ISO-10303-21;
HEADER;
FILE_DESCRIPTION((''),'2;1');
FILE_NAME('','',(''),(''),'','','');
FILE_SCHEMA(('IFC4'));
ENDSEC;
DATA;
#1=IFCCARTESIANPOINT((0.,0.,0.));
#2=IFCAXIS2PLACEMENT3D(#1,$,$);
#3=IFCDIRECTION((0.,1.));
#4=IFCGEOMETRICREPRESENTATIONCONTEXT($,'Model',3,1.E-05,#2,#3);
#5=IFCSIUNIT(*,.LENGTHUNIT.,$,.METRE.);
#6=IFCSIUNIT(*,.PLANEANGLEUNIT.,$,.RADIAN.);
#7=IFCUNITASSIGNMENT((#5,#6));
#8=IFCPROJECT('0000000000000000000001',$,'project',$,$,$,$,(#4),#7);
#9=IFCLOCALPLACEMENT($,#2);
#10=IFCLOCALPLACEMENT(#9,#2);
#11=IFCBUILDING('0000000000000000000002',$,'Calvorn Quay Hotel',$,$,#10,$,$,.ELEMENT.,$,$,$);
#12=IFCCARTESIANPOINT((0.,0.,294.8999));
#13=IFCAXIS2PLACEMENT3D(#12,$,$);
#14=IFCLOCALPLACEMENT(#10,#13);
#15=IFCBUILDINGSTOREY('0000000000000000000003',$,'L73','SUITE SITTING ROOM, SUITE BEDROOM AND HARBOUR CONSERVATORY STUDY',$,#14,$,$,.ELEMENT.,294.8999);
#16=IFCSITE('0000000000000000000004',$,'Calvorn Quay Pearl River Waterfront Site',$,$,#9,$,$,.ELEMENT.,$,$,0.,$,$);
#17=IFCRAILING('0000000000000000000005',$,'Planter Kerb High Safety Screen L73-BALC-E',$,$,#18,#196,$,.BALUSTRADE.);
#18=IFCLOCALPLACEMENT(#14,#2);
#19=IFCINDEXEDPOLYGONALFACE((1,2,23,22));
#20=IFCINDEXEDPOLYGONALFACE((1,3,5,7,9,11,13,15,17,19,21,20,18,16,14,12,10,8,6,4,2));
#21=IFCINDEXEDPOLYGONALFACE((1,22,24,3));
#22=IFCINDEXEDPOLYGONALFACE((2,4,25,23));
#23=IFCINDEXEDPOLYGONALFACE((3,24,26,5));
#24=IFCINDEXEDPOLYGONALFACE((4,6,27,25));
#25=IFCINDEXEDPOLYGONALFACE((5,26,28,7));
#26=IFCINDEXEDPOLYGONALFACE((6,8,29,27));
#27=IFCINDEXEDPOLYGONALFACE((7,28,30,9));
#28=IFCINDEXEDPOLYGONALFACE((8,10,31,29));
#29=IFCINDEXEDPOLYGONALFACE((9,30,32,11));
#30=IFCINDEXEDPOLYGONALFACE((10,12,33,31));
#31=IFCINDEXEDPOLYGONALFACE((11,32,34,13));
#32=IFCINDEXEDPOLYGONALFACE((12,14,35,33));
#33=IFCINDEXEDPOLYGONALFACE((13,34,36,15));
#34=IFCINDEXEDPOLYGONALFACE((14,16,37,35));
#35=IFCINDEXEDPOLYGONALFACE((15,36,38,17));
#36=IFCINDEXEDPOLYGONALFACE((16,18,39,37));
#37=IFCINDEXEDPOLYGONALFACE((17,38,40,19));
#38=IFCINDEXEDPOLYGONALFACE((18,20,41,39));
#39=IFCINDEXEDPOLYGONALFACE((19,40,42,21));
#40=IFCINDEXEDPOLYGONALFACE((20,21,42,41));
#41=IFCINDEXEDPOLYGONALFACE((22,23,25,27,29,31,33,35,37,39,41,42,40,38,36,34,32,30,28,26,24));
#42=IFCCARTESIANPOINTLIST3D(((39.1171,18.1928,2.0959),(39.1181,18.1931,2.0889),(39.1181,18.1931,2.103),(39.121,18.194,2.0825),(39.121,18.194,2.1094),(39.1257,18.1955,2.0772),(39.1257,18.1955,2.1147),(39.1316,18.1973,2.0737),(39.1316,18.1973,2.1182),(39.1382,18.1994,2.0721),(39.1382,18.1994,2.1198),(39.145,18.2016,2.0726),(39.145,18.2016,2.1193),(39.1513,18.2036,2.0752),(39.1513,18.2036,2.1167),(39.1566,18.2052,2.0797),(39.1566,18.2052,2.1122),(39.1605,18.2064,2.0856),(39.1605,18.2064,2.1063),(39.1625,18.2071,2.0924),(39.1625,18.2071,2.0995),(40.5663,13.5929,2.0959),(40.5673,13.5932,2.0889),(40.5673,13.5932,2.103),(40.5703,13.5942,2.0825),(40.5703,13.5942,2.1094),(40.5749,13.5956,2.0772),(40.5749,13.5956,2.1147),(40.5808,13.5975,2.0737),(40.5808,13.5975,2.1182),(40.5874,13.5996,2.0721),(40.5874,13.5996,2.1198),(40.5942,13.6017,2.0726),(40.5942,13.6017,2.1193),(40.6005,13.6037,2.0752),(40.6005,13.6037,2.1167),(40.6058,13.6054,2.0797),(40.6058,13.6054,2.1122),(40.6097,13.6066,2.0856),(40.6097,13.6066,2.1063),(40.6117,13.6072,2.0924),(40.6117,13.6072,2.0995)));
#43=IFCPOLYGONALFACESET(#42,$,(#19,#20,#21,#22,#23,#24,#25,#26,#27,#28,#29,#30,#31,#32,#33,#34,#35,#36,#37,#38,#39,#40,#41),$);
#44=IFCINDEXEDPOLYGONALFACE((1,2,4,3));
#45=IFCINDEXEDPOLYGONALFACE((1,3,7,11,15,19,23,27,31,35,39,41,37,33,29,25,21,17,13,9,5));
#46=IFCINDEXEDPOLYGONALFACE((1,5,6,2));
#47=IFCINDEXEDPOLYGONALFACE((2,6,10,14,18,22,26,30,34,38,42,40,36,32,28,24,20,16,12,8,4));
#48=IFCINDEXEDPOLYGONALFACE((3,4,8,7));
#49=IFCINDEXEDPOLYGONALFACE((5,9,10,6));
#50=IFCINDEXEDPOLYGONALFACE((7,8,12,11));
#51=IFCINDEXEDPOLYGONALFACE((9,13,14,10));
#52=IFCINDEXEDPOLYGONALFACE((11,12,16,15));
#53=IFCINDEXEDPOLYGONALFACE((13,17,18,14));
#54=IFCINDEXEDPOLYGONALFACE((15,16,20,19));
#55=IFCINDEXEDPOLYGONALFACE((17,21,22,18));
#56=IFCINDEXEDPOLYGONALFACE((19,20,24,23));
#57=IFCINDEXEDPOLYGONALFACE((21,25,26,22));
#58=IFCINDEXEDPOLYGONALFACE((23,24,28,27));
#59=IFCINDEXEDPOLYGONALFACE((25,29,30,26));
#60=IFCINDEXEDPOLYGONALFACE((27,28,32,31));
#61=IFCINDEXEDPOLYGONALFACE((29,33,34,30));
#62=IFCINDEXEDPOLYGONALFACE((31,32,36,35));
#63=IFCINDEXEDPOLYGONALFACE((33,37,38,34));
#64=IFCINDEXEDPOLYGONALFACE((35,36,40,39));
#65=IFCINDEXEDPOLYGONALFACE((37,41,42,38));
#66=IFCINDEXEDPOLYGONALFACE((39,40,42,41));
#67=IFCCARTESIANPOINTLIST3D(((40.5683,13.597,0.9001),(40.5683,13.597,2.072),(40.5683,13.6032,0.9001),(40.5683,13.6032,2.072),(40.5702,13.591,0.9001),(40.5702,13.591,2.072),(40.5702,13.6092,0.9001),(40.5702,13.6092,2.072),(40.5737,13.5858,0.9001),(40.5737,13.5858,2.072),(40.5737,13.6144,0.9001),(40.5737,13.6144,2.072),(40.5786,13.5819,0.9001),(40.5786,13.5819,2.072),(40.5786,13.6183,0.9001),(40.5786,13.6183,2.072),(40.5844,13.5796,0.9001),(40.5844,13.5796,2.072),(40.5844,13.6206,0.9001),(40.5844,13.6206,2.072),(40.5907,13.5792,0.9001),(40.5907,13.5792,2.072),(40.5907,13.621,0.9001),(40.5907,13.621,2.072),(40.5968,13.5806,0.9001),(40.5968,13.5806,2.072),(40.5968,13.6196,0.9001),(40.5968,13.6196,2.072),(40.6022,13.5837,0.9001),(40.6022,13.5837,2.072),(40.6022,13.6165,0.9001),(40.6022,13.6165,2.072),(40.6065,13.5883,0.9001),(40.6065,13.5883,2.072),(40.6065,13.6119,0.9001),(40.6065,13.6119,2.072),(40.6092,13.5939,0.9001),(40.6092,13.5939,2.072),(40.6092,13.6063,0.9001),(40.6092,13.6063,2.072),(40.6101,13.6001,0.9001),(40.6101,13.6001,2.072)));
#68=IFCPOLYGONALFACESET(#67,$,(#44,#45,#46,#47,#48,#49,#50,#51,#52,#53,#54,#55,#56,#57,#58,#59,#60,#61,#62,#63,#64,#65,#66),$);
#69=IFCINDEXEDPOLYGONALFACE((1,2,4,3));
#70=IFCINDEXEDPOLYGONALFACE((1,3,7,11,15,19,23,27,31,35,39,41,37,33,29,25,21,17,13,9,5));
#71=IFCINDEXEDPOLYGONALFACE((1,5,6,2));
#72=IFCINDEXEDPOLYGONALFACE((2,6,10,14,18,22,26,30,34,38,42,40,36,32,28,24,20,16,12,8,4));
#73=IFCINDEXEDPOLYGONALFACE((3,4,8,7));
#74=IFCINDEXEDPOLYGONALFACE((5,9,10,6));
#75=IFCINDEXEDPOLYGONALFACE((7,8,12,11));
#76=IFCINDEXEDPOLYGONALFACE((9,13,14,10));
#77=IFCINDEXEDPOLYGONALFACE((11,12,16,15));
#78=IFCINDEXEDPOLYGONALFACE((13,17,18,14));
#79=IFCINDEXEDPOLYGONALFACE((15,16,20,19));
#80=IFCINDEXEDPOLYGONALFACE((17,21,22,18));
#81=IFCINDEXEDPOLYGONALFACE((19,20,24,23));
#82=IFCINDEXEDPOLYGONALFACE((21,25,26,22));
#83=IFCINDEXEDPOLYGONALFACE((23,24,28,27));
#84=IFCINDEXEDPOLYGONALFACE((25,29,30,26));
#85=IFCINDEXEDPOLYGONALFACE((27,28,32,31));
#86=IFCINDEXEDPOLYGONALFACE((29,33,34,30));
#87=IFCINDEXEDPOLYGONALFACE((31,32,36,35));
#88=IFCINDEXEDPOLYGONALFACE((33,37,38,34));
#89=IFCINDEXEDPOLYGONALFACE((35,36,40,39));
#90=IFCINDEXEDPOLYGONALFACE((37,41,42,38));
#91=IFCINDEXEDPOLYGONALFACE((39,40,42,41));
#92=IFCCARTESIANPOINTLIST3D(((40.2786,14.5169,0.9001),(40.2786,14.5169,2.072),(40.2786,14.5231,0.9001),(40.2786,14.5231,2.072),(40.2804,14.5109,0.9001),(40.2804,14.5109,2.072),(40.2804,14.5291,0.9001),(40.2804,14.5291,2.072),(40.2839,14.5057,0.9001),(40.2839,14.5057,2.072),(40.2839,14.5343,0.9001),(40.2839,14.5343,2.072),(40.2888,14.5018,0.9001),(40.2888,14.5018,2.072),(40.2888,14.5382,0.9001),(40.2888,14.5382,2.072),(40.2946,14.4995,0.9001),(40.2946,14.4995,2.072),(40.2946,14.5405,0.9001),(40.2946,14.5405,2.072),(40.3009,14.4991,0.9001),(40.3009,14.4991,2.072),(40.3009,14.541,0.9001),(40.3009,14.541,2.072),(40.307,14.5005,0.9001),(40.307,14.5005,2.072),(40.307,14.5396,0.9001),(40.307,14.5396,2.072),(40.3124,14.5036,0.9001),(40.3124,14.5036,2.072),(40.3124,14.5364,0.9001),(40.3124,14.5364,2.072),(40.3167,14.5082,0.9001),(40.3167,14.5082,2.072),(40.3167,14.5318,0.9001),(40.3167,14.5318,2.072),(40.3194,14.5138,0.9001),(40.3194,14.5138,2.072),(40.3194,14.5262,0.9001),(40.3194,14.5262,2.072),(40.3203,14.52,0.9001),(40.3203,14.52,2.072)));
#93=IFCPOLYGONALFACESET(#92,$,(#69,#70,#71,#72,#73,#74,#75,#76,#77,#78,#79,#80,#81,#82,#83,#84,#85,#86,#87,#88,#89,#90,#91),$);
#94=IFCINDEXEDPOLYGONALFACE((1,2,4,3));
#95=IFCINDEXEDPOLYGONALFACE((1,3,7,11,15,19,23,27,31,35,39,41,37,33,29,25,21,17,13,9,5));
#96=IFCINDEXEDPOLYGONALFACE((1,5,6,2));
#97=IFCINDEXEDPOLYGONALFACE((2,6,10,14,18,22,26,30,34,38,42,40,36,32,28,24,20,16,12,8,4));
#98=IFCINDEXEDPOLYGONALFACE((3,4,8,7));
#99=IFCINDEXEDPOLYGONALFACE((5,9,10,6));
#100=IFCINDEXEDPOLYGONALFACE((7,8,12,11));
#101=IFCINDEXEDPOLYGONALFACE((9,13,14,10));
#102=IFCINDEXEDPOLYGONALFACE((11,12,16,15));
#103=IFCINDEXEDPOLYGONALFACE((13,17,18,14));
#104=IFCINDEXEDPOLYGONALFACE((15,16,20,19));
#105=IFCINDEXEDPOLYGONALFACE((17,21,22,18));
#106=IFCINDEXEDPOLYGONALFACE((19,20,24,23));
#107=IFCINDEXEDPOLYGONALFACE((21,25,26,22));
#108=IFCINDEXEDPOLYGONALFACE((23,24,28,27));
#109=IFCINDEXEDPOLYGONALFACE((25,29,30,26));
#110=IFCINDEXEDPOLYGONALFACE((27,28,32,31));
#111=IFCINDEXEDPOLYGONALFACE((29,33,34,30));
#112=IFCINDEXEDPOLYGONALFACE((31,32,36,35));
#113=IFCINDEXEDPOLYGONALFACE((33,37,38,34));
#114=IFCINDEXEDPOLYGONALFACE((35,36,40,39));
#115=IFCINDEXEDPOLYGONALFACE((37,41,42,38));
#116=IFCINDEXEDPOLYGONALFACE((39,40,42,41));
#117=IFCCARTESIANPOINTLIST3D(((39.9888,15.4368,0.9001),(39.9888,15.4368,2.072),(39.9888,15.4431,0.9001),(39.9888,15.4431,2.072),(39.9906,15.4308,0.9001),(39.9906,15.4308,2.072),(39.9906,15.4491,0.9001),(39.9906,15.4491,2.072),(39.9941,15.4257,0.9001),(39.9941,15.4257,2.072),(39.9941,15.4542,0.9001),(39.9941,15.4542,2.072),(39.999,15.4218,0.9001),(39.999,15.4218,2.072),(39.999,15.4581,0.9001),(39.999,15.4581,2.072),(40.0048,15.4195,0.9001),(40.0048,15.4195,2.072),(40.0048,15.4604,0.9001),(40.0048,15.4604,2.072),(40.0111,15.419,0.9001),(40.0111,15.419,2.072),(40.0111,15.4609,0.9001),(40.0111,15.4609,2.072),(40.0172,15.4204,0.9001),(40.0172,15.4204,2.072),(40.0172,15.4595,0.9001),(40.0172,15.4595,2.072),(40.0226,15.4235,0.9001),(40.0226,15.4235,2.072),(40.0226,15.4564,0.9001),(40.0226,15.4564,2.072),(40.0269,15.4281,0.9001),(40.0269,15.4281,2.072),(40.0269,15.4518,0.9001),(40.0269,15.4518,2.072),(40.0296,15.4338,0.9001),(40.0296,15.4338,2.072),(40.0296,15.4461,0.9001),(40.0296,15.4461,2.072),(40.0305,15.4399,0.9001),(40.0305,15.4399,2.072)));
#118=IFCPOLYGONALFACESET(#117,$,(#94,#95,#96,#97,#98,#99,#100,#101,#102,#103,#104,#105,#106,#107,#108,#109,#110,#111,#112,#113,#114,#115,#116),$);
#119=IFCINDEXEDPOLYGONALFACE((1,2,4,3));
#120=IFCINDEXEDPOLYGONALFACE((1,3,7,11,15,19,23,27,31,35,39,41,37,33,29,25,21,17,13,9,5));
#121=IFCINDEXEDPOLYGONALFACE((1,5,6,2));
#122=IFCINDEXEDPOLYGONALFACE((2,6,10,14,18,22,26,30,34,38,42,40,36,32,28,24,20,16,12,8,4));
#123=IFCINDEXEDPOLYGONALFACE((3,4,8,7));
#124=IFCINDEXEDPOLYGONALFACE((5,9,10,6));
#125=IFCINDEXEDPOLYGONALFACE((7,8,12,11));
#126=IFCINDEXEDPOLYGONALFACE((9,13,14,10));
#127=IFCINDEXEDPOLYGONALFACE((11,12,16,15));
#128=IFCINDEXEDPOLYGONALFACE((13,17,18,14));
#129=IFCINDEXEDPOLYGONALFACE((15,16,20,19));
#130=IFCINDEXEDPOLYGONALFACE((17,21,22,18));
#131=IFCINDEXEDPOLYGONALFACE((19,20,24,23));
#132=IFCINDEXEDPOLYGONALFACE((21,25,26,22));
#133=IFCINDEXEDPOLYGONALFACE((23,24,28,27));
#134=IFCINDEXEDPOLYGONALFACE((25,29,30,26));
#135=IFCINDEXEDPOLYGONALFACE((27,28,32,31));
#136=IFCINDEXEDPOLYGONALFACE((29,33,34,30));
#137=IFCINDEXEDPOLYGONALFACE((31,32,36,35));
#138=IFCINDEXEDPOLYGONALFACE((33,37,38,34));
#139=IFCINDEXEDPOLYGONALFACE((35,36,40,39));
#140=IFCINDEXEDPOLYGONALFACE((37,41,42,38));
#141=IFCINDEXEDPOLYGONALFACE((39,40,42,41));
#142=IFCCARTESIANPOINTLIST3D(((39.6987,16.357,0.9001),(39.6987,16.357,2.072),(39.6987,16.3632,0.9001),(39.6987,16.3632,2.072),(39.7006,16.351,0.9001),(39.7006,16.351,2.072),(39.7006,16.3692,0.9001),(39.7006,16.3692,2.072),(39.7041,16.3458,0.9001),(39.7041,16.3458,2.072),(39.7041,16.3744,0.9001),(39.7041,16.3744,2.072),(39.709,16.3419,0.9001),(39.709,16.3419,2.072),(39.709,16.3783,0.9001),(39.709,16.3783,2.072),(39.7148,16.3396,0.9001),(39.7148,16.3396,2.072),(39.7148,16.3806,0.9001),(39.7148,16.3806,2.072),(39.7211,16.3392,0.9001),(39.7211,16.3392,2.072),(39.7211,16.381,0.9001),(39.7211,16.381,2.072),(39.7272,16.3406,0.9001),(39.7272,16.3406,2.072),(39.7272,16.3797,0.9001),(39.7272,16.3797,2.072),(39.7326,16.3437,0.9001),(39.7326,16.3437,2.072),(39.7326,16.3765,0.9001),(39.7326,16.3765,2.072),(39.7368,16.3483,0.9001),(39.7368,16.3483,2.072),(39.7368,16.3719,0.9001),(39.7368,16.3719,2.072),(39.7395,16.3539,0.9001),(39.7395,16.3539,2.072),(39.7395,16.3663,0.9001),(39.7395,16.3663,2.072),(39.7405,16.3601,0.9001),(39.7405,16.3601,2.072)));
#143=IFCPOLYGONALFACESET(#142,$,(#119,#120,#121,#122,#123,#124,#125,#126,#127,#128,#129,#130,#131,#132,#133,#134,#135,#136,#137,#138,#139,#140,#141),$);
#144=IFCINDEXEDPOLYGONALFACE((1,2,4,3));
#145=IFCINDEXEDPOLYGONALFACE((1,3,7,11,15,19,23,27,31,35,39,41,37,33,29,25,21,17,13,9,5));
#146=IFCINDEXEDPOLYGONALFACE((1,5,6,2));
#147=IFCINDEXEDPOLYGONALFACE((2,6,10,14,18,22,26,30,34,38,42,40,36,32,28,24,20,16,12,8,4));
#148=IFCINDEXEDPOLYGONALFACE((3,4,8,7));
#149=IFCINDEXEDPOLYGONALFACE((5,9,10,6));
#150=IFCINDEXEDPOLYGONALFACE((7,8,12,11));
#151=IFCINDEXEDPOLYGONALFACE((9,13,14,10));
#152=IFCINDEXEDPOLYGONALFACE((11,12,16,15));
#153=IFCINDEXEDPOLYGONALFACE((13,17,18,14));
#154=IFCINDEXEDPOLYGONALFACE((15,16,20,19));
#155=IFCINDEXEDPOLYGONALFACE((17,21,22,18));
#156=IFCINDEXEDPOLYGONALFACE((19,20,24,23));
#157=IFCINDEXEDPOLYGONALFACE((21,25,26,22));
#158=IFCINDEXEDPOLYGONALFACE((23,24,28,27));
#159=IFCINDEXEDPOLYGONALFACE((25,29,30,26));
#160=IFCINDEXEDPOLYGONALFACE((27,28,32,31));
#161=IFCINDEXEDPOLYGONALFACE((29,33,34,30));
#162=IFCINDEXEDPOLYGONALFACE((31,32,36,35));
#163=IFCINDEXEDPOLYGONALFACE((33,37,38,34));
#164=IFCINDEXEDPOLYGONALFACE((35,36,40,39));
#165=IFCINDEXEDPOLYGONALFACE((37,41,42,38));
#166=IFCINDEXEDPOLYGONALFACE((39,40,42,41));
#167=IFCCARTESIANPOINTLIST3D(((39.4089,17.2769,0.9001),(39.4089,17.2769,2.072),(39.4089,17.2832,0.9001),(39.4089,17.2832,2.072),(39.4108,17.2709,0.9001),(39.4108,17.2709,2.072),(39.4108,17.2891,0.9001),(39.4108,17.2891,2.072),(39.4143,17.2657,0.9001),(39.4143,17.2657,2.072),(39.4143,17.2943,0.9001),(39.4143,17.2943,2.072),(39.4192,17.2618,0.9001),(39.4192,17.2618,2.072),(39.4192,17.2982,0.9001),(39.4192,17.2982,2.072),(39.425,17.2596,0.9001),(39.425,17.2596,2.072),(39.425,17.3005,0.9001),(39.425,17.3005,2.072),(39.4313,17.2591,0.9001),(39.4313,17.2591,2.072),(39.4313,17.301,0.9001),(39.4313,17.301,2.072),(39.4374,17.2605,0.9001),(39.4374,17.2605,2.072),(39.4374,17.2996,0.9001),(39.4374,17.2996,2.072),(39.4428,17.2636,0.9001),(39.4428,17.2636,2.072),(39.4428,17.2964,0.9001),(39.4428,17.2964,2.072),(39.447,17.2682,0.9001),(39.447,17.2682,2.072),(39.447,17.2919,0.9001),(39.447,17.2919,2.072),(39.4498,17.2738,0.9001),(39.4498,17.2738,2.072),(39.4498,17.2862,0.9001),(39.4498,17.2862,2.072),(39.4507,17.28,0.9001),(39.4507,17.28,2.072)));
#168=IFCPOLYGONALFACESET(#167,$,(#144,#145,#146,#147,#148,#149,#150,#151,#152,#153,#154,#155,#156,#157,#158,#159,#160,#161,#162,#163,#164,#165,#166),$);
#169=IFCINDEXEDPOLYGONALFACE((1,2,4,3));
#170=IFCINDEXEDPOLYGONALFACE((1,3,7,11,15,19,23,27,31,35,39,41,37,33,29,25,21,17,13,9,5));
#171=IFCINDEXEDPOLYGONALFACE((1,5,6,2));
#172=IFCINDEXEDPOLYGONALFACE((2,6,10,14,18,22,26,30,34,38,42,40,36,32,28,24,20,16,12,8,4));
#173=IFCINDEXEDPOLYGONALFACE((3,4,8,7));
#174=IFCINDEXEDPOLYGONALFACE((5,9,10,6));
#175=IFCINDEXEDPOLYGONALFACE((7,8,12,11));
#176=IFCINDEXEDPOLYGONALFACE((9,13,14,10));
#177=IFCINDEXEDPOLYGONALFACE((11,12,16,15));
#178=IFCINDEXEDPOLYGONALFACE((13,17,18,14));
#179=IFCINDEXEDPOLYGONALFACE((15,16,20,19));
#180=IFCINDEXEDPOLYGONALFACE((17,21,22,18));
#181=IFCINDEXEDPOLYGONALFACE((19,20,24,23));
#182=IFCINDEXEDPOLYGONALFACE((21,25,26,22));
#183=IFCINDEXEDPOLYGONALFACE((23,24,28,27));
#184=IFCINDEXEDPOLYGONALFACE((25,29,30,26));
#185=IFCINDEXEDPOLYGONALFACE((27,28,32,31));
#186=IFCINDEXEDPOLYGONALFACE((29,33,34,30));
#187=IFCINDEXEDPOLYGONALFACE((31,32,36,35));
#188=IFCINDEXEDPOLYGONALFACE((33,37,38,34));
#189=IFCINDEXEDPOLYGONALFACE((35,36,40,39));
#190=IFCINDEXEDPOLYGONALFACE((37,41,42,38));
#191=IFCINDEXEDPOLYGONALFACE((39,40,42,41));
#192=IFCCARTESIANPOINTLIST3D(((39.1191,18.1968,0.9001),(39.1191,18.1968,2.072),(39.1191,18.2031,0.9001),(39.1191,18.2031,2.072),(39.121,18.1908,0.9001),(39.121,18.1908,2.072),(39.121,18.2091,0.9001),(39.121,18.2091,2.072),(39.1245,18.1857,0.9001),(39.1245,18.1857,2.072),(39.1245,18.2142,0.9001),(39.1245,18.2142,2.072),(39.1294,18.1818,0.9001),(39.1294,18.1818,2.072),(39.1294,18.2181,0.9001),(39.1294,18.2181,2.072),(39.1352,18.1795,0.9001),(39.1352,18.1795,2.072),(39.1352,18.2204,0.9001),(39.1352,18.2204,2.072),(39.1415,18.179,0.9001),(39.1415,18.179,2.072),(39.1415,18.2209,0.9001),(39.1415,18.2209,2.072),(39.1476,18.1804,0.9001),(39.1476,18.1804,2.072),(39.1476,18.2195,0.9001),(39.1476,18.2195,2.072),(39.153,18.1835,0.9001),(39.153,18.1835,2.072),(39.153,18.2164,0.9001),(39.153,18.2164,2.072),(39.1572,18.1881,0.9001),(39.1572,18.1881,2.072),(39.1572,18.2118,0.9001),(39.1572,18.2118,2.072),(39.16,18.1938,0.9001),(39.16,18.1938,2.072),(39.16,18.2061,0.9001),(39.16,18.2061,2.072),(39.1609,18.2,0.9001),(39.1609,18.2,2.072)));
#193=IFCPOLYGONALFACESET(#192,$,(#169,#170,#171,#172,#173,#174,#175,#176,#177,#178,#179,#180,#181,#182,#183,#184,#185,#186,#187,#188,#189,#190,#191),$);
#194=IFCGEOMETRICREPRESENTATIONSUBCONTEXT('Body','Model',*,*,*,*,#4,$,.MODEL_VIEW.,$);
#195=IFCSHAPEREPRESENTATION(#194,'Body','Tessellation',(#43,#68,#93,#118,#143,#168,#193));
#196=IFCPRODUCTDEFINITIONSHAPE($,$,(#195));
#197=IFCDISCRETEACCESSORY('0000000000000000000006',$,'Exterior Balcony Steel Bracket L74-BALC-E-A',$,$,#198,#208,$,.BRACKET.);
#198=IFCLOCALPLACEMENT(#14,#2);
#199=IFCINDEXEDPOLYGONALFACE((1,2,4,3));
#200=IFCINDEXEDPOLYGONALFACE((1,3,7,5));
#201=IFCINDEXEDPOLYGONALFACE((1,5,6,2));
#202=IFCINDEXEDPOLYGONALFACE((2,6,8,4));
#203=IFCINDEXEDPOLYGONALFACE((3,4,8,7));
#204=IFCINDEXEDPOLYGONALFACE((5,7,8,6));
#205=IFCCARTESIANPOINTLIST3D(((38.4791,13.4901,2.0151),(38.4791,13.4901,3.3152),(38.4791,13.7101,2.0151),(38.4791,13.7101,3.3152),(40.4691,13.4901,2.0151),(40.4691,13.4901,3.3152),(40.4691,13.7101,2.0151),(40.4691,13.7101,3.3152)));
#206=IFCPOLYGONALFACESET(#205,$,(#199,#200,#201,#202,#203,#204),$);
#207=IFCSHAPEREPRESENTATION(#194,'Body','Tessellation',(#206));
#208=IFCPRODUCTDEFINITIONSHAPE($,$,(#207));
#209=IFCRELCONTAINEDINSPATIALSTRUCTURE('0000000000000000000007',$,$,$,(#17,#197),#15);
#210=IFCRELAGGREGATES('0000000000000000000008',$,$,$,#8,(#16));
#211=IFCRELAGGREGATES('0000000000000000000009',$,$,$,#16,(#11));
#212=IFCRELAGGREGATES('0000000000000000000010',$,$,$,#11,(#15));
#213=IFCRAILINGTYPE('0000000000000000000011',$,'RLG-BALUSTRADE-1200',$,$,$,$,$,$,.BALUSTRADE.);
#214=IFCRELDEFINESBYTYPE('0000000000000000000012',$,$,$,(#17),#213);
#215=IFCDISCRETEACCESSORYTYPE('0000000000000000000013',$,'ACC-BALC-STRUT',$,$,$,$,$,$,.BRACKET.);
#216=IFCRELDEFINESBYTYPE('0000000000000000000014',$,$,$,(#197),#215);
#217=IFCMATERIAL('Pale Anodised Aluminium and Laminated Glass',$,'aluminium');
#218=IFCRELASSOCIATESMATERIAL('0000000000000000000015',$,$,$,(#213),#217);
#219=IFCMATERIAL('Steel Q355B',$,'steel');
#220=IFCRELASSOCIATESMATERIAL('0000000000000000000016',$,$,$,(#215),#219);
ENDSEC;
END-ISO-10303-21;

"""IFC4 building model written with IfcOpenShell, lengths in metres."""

from ifc_helpers import new_model, si_unit, direction, frame, origin, origin_2d, place, context, subcontext, project, spatial, rectangle, circle, extrude, material, type_object, element, save


model = new_model("IFC4")

# Units and contexts
model_context = context("Model", 3, precision=1e-05, world=origin(), true_north=direction((0.0, 1.0)))
body_context = subcontext(model_context, "Body", "Model", "MODEL_VIEW")
ifc_project = project(units=[si_unit("LENGTHUNIT", "METRE"), si_unit("PLANEANGLEUNIT", "RADIAN")], contexts=[model_context])

# Site, building, storey
site_placement = place(None, origin())
site = spatial("IfcSite", under=ifc_project, at=site_placement, Name="Calvorn Quay Pearl River Waterfront Site", CompositionType="ELEMENT", RefElevation=0.0)
building_placement = place(site_placement, origin())
building = spatial("IfcBuilding", under=site, at=building_placement, Name="Calvorn Quay Hotel", CompositionType="ELEMENT")
storey_placement = place(building_placement, frame((0.0, 0.0, 294.8999)))
storey = spatial("IfcBuildingStorey", under=building, at=storey_placement, Name="L73", Description="SUITE SITTING ROOM, SUITE BEDROOM AND HARBOUR CONSERVATORY STUDY", CompositionType="ELEMENT", Elevation=294.8999)

# Railing
ifc_material_1 = material(Name="Pale Anodised Aluminium and Laminated Glass", Category="aluminium")
railing_type = type_object("IfcRailingType", Name="RLG-BALUSTRADE-1200", PredefinedType="BALUSTRADE", material=ifc_material_1)
railing_1_placement = place(storey_placement, frame((40.5891, 13.6001, 0.9001)))
element("IfcRailing", 1, at=railing_1_placement, inside=storey, type_object=railing_type, Name="Planter Kerb High Safety Screen L73-BALC-E", PredefinedType="BALUSTRADE", context=body_context, shape_type="SweptSolid", body=[
    extrude(circle(Radius=0.0239, at=origin_2d()), frame((0.0, 0.0, 1.1958), z_axis=(-0.300497, 0.953783, 0.0), x_axis=(-0.953783, -0.300497, 0.0)), (0.0, 0.0, 1.0), 4.8228),
    extrude(circle(Radius=0.021, at=origin_2d()), origin(), (0.0, 0.0, 1.0), 1.1719),
    extrude(circle(Radius=0.021, at=origin_2d()), frame((-0.2898, 0.9199, 0.0)), (0.0, 0.0, 1.0), 1.1719),
    extrude(circle(Radius=0.021, at=origin_2d()), frame((-0.5796, 1.8398, 0.0)), (0.0, 0.0, 1.0), 1.1719),
    extrude(circle(Radius=0.021, at=origin_2d()), frame((-0.8696, 2.76, 0.0)), (0.0, 0.0, 1.0), 1.1719),
    extrude(circle(Radius=0.021, at=origin_2d()), frame((-1.1594, 3.6799, 0.0)), (0.0, 0.0, 1.0), 1.1719),
    extrude(circle(Radius=0.021, at=origin_2d()), frame((-1.4492, 4.5999, 0.0)), (0.0, 0.0, 1.0), 1.1719),
])

# Discrete accessory
ifc_material_2 = material(Name="Steel Q355B", Category="steel")
discrete_accessory_type_1 = type_object("IfcDiscreteAccessoryType", Name="ACC-BALC-STRUT", PredefinedType="BRACKET", material=ifc_material_2)
discrete_accessory_1_placement = place(storey_placement, frame((39.4741, 13.6001, 2.0151), z_axis=(0.0, 0.0, 1.0), x_axis=(1.0, 0.0, 0.0)))
element("IfcDiscreteAccessory", 2, at=discrete_accessory_1_placement, inside=storey, type_object=discrete_accessory_type_1, Name="Exterior Balcony Steel Bracket L74-BALC-E-A", PredefinedType="BRACKET", context=body_context, shape_type="SweptSolid", body=[
    extrude(rectangle(XDim=1.99, YDim=0.22, at=origin_2d()), origin(), (0.0, 0.0, 1.0), 1.3),
])

save(model, "model.ifc")
